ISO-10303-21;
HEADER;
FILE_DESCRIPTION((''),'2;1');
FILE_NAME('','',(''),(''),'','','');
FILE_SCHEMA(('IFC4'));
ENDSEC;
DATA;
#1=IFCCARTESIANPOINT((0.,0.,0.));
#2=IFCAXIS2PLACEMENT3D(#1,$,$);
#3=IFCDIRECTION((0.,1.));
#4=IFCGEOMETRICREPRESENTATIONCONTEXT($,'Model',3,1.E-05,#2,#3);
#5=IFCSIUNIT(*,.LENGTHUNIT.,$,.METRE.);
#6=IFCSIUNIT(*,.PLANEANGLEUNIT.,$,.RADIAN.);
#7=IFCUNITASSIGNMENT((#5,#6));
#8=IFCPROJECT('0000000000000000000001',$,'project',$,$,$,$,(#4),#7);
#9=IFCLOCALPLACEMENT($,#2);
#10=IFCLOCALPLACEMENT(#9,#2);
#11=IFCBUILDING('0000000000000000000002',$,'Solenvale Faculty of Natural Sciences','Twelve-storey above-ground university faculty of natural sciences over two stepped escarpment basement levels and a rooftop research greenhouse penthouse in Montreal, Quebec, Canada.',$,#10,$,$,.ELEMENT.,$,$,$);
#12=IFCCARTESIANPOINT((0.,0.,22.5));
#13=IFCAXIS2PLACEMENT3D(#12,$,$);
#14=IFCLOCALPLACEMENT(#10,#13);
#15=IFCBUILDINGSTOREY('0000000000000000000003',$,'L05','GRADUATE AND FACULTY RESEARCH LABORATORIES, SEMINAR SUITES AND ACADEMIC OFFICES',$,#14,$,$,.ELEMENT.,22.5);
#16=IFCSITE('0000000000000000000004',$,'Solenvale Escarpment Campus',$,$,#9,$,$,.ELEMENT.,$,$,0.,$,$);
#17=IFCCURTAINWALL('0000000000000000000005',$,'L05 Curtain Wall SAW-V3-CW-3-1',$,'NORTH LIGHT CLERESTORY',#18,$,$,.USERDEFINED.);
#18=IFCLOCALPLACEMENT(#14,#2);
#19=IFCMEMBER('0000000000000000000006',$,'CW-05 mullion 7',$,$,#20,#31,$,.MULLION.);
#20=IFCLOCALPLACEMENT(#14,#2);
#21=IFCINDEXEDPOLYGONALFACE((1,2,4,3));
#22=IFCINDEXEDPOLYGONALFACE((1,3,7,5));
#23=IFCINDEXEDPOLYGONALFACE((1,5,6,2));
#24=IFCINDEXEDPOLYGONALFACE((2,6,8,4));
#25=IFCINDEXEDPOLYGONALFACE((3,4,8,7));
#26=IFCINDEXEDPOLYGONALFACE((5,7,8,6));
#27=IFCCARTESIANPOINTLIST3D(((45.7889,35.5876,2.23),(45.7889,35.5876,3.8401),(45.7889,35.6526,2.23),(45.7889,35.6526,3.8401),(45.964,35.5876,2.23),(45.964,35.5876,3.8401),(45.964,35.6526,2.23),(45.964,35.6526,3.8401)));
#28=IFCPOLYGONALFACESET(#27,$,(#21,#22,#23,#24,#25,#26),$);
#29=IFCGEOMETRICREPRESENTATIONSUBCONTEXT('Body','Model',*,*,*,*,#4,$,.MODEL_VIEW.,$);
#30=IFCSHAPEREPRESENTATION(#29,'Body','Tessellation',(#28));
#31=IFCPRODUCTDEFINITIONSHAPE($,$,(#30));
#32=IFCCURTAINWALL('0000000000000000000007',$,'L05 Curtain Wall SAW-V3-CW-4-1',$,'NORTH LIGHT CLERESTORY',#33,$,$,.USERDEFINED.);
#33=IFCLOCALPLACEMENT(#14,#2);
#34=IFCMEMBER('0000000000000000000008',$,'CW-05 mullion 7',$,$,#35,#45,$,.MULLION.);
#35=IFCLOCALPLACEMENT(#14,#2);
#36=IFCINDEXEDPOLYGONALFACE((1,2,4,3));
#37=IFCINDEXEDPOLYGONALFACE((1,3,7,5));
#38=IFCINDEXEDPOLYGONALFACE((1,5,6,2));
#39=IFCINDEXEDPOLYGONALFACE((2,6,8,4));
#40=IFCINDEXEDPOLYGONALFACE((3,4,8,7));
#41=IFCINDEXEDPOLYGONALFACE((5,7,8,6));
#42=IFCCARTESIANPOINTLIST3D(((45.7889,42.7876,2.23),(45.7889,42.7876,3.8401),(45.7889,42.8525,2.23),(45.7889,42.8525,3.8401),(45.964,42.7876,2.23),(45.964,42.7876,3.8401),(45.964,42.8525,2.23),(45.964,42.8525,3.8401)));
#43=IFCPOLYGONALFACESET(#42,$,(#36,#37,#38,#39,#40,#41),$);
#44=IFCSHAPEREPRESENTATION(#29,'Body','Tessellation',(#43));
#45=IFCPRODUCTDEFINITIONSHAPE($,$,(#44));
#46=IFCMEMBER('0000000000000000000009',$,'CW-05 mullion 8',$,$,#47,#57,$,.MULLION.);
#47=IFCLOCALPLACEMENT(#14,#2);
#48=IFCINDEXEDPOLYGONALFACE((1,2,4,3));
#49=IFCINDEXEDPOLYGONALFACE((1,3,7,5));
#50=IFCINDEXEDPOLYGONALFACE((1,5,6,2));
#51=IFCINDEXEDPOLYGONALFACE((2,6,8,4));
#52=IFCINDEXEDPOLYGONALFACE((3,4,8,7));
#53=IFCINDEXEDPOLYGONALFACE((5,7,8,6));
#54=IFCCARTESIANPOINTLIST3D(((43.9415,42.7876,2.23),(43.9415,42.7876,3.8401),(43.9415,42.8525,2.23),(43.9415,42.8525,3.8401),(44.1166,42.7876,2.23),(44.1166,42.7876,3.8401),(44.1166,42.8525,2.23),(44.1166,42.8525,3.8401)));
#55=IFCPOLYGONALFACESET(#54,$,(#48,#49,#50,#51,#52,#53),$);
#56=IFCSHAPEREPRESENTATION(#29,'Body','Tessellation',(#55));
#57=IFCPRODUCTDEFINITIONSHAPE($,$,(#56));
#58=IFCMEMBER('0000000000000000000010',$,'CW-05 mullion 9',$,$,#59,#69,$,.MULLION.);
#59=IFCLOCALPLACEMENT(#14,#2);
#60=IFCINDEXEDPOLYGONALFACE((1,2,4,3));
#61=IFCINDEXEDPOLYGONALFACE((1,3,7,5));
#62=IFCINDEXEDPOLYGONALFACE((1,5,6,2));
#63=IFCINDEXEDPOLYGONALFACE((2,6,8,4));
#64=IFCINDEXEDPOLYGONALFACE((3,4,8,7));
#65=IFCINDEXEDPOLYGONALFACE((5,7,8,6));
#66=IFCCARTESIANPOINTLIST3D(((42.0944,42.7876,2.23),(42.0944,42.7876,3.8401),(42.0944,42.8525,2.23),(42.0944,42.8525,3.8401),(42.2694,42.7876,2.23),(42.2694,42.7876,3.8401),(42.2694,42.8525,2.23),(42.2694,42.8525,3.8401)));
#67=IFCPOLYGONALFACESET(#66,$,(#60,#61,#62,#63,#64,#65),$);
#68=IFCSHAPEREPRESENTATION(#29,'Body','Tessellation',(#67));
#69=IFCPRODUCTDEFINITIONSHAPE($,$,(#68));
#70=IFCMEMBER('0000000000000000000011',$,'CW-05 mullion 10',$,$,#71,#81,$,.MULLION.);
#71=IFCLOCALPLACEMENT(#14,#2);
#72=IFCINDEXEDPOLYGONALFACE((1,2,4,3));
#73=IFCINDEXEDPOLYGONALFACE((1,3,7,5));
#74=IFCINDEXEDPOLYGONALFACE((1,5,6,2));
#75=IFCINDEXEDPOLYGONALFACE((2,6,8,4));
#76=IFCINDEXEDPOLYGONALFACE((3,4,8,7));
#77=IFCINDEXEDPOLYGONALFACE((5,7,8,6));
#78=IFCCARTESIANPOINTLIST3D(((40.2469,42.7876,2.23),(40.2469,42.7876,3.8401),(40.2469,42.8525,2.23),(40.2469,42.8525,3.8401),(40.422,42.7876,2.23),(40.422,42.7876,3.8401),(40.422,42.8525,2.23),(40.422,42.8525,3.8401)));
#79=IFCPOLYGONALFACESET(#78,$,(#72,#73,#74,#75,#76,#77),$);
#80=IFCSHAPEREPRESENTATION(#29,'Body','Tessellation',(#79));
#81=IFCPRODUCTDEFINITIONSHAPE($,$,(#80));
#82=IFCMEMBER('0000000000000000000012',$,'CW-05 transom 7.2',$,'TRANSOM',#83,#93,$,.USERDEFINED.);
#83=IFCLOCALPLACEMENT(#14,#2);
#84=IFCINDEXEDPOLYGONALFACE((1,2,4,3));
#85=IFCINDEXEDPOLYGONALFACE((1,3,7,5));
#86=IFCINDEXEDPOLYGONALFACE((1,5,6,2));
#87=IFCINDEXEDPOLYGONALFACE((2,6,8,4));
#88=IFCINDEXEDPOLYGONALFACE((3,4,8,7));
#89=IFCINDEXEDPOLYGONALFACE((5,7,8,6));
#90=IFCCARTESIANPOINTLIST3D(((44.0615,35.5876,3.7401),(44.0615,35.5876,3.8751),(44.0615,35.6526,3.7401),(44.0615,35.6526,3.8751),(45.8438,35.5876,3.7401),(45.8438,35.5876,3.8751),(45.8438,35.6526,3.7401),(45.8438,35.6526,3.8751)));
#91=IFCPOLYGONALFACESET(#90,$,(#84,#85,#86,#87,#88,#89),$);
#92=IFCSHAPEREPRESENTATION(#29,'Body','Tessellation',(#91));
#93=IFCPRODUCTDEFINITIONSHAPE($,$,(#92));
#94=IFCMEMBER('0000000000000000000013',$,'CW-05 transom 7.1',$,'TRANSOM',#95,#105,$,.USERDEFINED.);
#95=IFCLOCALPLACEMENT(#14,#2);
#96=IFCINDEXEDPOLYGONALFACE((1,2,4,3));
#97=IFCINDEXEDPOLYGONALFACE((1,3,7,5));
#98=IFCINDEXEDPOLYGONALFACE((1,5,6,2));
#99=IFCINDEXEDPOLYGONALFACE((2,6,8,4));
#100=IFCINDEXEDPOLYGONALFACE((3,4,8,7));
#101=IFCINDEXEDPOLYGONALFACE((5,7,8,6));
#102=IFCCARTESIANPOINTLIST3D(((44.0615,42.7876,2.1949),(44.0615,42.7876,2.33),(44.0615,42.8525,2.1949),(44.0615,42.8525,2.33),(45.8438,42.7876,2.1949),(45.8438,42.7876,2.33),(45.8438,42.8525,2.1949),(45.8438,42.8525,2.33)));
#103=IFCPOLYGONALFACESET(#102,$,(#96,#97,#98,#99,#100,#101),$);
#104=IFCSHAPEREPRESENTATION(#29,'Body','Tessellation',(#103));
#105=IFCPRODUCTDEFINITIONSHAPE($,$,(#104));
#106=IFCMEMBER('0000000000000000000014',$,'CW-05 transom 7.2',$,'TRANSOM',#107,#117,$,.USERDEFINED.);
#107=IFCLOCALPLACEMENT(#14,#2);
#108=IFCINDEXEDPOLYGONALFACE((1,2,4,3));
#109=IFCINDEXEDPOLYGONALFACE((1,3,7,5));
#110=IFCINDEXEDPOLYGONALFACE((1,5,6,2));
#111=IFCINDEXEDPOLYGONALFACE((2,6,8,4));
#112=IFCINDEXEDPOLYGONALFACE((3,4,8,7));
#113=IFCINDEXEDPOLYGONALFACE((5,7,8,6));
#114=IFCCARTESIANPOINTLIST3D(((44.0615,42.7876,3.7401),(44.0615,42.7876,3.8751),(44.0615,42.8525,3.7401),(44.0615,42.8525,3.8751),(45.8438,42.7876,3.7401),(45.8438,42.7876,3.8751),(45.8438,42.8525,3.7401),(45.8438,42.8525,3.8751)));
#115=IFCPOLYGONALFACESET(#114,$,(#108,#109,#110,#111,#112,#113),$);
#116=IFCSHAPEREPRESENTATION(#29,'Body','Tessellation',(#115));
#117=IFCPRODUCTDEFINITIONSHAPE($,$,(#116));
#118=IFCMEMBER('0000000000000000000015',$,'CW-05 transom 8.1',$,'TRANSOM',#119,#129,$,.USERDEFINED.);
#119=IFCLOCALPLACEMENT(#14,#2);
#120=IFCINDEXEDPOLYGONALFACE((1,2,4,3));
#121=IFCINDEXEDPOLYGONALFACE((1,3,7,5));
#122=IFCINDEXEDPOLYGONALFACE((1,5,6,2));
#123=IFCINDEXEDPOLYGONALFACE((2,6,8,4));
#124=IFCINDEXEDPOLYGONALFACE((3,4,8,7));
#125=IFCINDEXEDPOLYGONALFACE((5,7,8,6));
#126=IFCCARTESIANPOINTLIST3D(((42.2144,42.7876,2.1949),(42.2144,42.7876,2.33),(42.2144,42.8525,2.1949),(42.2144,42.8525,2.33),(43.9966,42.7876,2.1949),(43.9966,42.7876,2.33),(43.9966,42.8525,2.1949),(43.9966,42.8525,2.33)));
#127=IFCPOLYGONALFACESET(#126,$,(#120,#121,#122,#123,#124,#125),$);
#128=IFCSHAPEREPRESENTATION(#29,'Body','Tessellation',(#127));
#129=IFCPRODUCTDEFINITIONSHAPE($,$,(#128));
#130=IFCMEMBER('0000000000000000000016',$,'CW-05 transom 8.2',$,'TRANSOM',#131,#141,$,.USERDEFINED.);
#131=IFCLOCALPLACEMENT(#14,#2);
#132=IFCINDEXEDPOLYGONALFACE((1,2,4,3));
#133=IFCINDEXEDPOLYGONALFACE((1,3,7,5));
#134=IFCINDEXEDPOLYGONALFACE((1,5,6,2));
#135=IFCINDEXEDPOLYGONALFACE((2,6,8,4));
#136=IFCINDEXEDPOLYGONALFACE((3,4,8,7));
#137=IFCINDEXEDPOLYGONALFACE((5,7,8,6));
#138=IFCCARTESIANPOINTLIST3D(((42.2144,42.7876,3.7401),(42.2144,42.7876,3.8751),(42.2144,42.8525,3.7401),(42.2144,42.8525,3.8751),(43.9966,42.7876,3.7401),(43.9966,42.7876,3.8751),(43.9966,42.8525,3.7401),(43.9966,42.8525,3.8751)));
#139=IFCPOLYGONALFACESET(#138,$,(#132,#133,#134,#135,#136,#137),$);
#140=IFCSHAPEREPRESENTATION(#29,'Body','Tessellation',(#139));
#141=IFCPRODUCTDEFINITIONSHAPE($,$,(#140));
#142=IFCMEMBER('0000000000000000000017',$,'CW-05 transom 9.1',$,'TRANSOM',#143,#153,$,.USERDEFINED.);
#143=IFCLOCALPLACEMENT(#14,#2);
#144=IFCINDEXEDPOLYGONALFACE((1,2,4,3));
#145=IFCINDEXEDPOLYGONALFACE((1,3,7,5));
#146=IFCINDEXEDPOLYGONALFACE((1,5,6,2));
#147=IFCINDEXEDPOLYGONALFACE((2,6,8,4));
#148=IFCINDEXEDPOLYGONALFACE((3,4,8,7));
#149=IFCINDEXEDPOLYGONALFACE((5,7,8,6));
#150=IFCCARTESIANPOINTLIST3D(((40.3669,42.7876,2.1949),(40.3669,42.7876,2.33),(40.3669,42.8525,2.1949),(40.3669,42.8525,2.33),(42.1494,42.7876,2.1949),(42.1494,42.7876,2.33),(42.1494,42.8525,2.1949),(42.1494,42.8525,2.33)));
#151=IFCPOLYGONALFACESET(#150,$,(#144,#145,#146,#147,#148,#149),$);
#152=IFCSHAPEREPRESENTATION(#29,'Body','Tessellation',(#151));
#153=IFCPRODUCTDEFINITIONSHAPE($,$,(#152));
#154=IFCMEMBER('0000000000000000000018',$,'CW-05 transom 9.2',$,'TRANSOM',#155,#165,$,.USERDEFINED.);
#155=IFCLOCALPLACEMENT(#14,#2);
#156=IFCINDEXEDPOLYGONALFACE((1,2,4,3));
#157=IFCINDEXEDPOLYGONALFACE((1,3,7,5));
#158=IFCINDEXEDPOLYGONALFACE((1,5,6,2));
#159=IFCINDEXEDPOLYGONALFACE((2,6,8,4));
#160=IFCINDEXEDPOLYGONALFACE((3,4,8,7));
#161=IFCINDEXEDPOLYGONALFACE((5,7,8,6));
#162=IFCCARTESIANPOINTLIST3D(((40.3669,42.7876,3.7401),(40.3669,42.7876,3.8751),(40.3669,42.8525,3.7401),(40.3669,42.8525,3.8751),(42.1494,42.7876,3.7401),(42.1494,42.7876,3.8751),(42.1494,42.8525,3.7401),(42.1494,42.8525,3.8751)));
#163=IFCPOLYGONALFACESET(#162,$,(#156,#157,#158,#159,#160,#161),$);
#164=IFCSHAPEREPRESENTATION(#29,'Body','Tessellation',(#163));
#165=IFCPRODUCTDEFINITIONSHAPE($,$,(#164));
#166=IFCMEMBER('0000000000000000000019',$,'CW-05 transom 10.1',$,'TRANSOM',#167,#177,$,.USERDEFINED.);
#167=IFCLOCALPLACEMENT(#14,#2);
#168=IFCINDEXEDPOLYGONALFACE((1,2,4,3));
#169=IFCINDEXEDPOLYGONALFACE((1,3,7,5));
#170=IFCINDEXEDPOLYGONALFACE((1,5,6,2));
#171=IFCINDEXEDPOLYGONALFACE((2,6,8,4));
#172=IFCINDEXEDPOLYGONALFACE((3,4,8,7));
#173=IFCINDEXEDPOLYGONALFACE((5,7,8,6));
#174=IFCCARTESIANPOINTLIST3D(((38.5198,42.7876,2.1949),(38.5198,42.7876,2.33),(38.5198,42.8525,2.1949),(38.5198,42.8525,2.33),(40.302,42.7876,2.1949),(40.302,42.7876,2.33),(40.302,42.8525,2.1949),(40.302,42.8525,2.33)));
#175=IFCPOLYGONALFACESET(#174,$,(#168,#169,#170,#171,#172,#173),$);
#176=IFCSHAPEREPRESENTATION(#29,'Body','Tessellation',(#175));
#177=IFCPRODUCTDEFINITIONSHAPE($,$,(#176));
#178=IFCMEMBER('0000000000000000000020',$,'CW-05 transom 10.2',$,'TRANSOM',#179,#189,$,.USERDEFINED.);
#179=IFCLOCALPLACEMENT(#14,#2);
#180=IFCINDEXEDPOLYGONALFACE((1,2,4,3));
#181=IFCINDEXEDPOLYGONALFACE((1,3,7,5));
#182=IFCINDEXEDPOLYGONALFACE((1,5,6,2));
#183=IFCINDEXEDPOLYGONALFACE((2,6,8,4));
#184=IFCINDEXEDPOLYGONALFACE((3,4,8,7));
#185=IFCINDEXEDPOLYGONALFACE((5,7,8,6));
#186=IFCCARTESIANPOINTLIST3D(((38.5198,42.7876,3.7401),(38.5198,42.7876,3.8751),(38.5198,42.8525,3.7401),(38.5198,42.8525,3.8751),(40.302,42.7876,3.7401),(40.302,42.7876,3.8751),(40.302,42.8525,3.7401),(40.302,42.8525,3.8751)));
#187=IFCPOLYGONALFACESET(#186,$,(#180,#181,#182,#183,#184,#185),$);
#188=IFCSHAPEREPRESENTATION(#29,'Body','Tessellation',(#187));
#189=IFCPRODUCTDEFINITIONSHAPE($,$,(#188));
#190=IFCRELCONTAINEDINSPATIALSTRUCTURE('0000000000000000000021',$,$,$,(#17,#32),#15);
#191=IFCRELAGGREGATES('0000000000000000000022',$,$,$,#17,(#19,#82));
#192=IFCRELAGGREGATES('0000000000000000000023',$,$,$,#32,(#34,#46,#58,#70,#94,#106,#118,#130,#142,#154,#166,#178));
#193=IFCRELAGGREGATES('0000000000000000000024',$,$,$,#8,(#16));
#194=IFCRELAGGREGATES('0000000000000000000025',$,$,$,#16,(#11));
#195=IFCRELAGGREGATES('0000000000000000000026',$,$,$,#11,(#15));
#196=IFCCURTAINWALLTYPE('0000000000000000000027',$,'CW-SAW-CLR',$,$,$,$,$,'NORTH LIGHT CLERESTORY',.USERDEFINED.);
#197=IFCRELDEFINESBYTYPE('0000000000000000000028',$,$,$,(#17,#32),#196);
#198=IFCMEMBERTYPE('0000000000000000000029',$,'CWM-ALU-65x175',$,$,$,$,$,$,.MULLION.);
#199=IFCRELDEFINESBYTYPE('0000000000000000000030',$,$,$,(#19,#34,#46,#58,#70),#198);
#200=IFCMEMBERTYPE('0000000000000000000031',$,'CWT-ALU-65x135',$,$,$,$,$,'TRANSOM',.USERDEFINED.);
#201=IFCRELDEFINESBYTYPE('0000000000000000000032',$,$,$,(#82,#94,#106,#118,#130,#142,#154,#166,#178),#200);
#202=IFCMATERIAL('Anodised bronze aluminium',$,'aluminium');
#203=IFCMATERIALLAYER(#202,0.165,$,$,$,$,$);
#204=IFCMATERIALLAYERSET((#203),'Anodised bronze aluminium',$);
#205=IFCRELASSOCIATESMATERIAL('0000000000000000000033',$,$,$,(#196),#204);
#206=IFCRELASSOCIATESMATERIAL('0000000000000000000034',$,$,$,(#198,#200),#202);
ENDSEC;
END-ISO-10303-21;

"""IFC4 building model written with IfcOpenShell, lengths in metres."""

from ifc_helpers import new_model, si_unit, direction, frame, origin, origin_2d, place, context, subcontext, project, spatial, rectangle, extrude, material, layer, layer_set, material_profile, profile_set, type_object, element, aggregate, save


model = new_model("IFC4")

# Units and contexts
model_context = context("Model", 3, precision=1e-05, world=origin(), true_north=direction((0.0, 1.0)))
body_context = subcontext(model_context, "Body", "Model", "MODEL_VIEW")
ifc_project = project(units=[si_unit("LENGTHUNIT", "METRE"), si_unit("PLANEANGLEUNIT", "RADIAN")], contexts=[model_context])

# Site, building, storey
site_placement = place(None, origin())
site = spatial("IfcSite", under=ifc_project, at=site_placement, Name="Solenvale Escarpment Campus", CompositionType="ELEMENT", RefElevation=0.0)
building_placement = place(site_placement, origin())
building = spatial("IfcBuilding", under=site, at=building_placement, Name="Solenvale Faculty of Natural Sciences", Description="Twelve-storey above-ground university faculty of natural sciences over two stepped escarpment basement levels and a rooftop research greenhouse penthouse in Montreal, Quebec, Canada.", CompositionType="ELEMENT")
storey_placement = place(building_placement, frame((0.0, 0.0, 22.5)))
storey = spatial("IfcBuildingStorey", under=building, at=storey_placement, Name="L05", Description="GRADUATE AND FACULTY RESEARCH LABORATORIES, SEMINAR SUITES AND ACADEMIC OFFICES", CompositionType="ELEMENT", Elevation=22.5)

# Curtain wall, member
ifc_material_1 = material(Name="Anodised bronze aluminium", Category="aluminium")
ifc_layer_1 = layer(ifc_material_1, 0.165)
ifc_layer_set_1 = layer_set([ifc_layer_1], Name="Anodised bronze aluminium")
curtain_wall_type = type_object("IfcCurtainWallType", Name="CW-SAW-CLR", ElementType="NORTH LIGHT CLERESTORY", PredefinedType="USERDEFINED", material=ifc_layer_set_1)
curtain_wall_1_placement = place(storey_placement, origin())
curtain_wall_1 = element("IfcCurtainWall", 1, at=curtain_wall_1_placement, inside=storey, type_object=curtain_wall_type, Name="L05 Curtain Wall SAW-V3-CW-3-1", ObjectType="NORTH LIGHT CLERESTORY", PredefinedType="USERDEFINED")
ifc_material_profile_1 = material_profile(ifc_material_1, rectangle(XDim=0.0649, YDim=0.175, at=origin_2d()), Name="ALU-MUL-65x175")
ifc_profile_set_1 = profile_set([ifc_material_profile_1], Name="Anodised bronze aluminium")
member_type_1 = type_object("IfcMemberType", Name="CWM-ALU-65x175", PredefinedType="MULLION", material=ifc_profile_set_1)
member_1_placement = place(storey_placement, frame((45.8765, 35.6201, 2.23), z_axis=(0.0, 0.0, 1.0), x_axis=(0.0, -1.0, 0.0)))
member_1 = element("IfcMember", 2, at=member_1_placement, type_object=member_type_1, Name="CW-05 mullion 7", PredefinedType="MULLION", context=body_context, shape_type="SweptSolid", body=[
    extrude(rectangle(XDim=0.0649, YDim=0.175, at=origin_2d()), origin(), (0.0, 0.0, 1.0), 1.6101),
])

# Curtain wall, members
curtain_wall_2_placement = place(storey_placement, origin())
curtain_wall_2 = element("IfcCurtainWall", 3, at=curtain_wall_2_placement, inside=storey, type_object=curtain_wall_type, Name="L05 Curtain Wall SAW-V3-CW-4-1", ObjectType="NORTH LIGHT CLERESTORY", PredefinedType="USERDEFINED")
member_2_placement = place(storey_placement, frame((45.8765, 42.8201, 2.23), z_axis=(0.0, 0.0, 1.0), x_axis=(0.0, -1.0, 0.0)))
member_2 = element("IfcMember", 4, at=member_2_placement, type_object=member_type_1, Name="CW-05 mullion 7", PredefinedType="MULLION", context=body_context, shape_type="SweptSolid", body=[
    extrude(rectangle(XDim=0.0649, YDim=0.175, at=origin_2d()), origin(), (0.0, 0.0, 1.0), 1.6101),
])
member_3_placement = place(storey_placement, frame((44.0291, 42.8201, 2.23), z_axis=(0.0, 0.0, 1.0), x_axis=(0.0, -1.0, 0.0)))
member_3 = element("IfcMember", 5, at=member_3_placement, type_object=member_type_1, Name="CW-05 mullion 8", PredefinedType="MULLION", context=body_context, shape_type="SweptSolid", body=[
    extrude(rectangle(XDim=0.0649, YDim=0.175, at=origin_2d()), origin(), (0.0, 0.0, 1.0), 1.6101),
])
member_4_placement = place(storey_placement, frame((42.1819, 42.8201, 2.23), z_axis=(0.0, 0.0, 1.0), x_axis=(0.0, -1.0, 0.0)))
member_4 = element("IfcMember", 6, at=member_4_placement, type_object=member_type_1, Name="CW-05 mullion 9", PredefinedType="MULLION", context=body_context, shape_type="SweptSolid", body=[
    extrude(rectangle(XDim=0.0649, YDim=0.175, at=origin_2d()), origin(), (0.0, 0.0, 1.0), 1.6101),
])
member_5_placement = place(storey_placement, frame((40.3345, 42.8201, 2.23), z_axis=(0.0, 0.0, 1.0), x_axis=(0.0, -1.0, 0.0)))
member_5 = element("IfcMember", 7, at=member_5_placement, type_object=member_type_1, Name="CW-05 mullion 10", PredefinedType="MULLION", context=body_context, shape_type="SweptSolid", body=[
    extrude(rectangle(XDim=0.0649, YDim=0.175, at=origin_2d()), origin(), (0.0, 0.0, 1.0), 1.6101),
])

# Members
ifc_material_profile_2 = material_profile(ifc_material_1, rectangle(XDim=0.0649, YDim=0.135, at=origin_2d()), Name="ALU-TRN-65x135")
ifc_profile_set_2 = profile_set([ifc_material_profile_2], Name="Anodised bronze aluminium")
member_type_2 = type_object("IfcMemberType", Name="CWT-ALU-65x135", ElementType="TRANSOM", PredefinedType="USERDEFINED", material=ifc_profile_set_2)
member_6_placement = place(storey_placement, frame((45.8438, 35.6201, 3.8076), z_axis=(-1.0, 0.0, 0.0), x_axis=(0.0, -1.0, 0.0)))
member_6 = element("IfcMember", 8, at=member_6_placement, type_object=member_type_2, Name="CW-05 transom 7.2", ObjectType="TRANSOM", PredefinedType="USERDEFINED", context=body_context, shape_type="SweptSolid", body=[
    extrude(rectangle(XDim=0.0649, YDim=0.135, at=origin_2d()), origin(), (0.0, 0.0, 1.0), 1.7822),
])
member_7_placement = place(storey_placement, frame((45.8438, 42.8201, 2.2625), z_axis=(-1.0, 0.0, 0.0), x_axis=(0.0, -1.0, 0.0)))
member_7 = element("IfcMember", 9, at=member_7_placement, type_object=member_type_2, Name="CW-05 transom 7.1", ObjectType="TRANSOM", PredefinedType="USERDEFINED", context=body_context, shape_type="SweptSolid", body=[
    extrude(rectangle(XDim=0.0649, YDim=0.135, at=origin_2d()), origin(), (0.0, 0.0, 1.0), 1.7822),
])
member_8_placement = place(storey_placement, frame((45.8438, 42.8201, 3.8076), z_axis=(-1.0, 0.0, 0.0), x_axis=(0.0, -1.0, 0.0)))
member_8 = element("IfcMember", 10, at=member_8_placement, type_object=member_type_2, Name="CW-05 transom 7.2", ObjectType="TRANSOM", PredefinedType="USERDEFINED", context=body_context, shape_type="SweptSolid", body=[
    extrude(rectangle(XDim=0.0649, YDim=0.135, at=origin_2d()), origin(), (0.0, 0.0, 1.0), 1.7822),
])
member_9_placement = place(storey_placement, frame((43.9966, 42.8201, 2.2625), z_axis=(-1.0, 0.0, 0.0), x_axis=(0.0, -1.0, 0.0)))
member_9 = element("IfcMember", 11, at=member_9_placement, type_object=member_type_2, Name="CW-05 transom 8.1", ObjectType="TRANSOM", PredefinedType="USERDEFINED", context=body_context, shape_type="SweptSolid", body=[
    extrude(rectangle(XDim=0.0649, YDim=0.135, at=origin_2d()), origin(), (0.0, 0.0, 1.0), 1.7822),
])
member_10_placement = place(storey_placement, frame((43.9966, 42.8201, 3.8076), z_axis=(-1.0, 0.0, 0.0), x_axis=(0.0, -1.0, 0.0)))
member_10 = element("IfcMember", 12, at=member_10_placement, type_object=member_type_2, Name="CW-05 transom 8.2", ObjectType="TRANSOM", PredefinedType="USERDEFINED", context=body_context, shape_type="SweptSolid", body=[
    extrude(rectangle(XDim=0.0649, YDim=0.135, at=origin_2d()), origin(), (0.0, 0.0, 1.0), 1.7822),
])
member_11_placement = place(storey_placement, frame((42.1494, 42.8201, 2.2625), z_axis=(-1.0, 0.0, 0.0), x_axis=(0.0, -1.0, 0.0)))
member_11 = element("IfcMember", 13, at=member_11_placement, type_object=member_type_2, Name="CW-05 transom 9.1", ObjectType="TRANSOM", PredefinedType="USERDEFINED", context=body_context, shape_type="SweptSolid", body=[
    extrude(rectangle(XDim=0.0649, YDim=0.135, at=origin_2d()), origin(), (0.0, 0.0, 1.0), 1.7825),
])
member_12_placement = place(storey_placement, frame((42.1494, 42.8201, 3.8076), z_axis=(-1.0, 0.0, 0.0), x_axis=(0.0, -1.0, 0.0)))
member_12 = element("IfcMember", 14, at=member_12_placement, type_object=member_type_2, Name="CW-05 transom 9.2", ObjectType="TRANSOM", PredefinedType="USERDEFINED", context=body_context, shape_type="SweptSolid", body=[
    extrude(rectangle(XDim=0.0649, YDim=0.135, at=origin_2d()), origin(), (0.0, 0.0, 1.0), 1.7825),
])
member_13_placement = place(storey_placement, frame((40.302, 42.8201, 2.2625), z_axis=(-1.0, 0.0, 0.0), x_axis=(0.0, -1.0, 0.0)))
member_13 = element("IfcMember", 15, at=member_13_placement, type_object=member_type_2, Name="CW-05 transom 10.1", ObjectType="TRANSOM", PredefinedType="USERDEFINED", context=body_context, shape_type="SweptSolid", body=[
    extrude(rectangle(XDim=0.0649, YDim=0.135, at=origin_2d()), origin(), (0.0, 0.0, 1.0), 1.7822),
])
member_14_placement = place(storey_placement, frame((40.302, 42.8201, 3.8076), z_axis=(-1.0, 0.0, 0.0), x_axis=(0.0, -1.0, 0.0)))
member_14 = element("IfcMember", 16, at=member_14_placement, type_object=member_type_2, Name="CW-05 transom 10.2", ObjectType="TRANSOM", PredefinedType="USERDEFINED", context=body_context, shape_type="SweptSolid", body=[
    extrude(rectangle(XDim=0.0649, YDim=0.135, at=origin_2d()), origin(), (0.0, 0.0, 1.0), 1.7822),
])

aggregate(curtain_wall_1, [member_1, member_6])
aggregate(curtain_wall_2, [member_2, member_3, member_4, member_5, member_7, member_8, member_9, member_10, member_11, member_12, member_13, member_14])

save(model, "model.ifc")
